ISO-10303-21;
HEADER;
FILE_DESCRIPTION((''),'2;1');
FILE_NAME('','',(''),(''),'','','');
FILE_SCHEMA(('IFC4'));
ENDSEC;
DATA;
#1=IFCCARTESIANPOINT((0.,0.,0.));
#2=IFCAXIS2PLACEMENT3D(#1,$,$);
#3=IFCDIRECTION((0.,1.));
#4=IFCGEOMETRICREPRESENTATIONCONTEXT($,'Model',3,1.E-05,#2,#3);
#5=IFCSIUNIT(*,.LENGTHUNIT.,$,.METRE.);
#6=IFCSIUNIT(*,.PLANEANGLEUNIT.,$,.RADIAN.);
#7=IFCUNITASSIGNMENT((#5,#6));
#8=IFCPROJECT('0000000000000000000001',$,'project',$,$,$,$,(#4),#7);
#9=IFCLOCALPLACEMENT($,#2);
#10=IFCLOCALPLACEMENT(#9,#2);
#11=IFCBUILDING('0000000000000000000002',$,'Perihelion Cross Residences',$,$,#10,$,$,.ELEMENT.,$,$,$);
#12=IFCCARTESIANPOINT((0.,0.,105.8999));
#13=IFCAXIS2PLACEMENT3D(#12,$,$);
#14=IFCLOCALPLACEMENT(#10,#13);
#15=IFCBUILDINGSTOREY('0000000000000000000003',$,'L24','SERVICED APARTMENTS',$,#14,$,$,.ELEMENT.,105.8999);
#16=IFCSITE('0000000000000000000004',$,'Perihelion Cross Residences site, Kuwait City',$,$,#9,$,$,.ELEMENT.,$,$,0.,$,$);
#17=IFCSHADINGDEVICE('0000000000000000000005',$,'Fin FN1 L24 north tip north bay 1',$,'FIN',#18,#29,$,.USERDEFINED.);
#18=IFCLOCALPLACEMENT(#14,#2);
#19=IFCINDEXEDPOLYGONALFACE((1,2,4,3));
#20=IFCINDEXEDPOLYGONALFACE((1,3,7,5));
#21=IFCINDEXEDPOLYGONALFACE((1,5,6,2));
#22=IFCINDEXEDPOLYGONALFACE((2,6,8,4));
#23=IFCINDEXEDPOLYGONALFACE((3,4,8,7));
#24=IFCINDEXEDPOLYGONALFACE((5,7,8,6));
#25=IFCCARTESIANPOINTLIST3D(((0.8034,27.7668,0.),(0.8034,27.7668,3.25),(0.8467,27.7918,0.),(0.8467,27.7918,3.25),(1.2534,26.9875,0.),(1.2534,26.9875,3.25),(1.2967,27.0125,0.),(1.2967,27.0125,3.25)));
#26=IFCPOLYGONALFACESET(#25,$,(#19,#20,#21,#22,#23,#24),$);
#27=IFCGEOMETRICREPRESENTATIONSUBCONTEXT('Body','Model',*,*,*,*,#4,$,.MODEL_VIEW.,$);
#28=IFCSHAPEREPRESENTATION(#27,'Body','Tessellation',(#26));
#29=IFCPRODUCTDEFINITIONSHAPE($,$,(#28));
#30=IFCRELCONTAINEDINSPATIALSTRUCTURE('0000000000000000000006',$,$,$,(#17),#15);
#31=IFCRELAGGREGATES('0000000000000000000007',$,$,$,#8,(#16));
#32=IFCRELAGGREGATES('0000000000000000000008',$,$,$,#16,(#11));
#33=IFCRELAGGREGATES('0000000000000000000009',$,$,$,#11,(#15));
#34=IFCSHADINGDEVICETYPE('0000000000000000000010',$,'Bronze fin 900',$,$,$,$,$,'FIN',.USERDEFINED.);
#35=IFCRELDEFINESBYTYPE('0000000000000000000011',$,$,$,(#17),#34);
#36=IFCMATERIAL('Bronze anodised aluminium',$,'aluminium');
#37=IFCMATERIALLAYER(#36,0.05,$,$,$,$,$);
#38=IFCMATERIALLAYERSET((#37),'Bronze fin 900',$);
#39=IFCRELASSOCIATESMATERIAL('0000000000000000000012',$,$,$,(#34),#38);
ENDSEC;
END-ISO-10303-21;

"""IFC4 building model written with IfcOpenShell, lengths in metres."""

from ifc_helpers import new_model, si_unit, direction, frame, origin, origin_2d, place, context, subcontext, project, spatial, rectangle, extrude, material, layer, layer_set, type_object, element, save


model = new_model("IFC4")

# Units and contexts
model_context = context("Model", 3, precision=1e-05, world=origin(), true_north=direction((0.0, 1.0)))
body_context = subcontext(model_context, "Body", "Model", "MODEL_VIEW")
ifc_project = project(units=[si_unit("LENGTHUNIT", "METRE"), si_unit("PLANEANGLEUNIT", "RADIAN")], contexts=[model_context])

# Site, building, storey
site_placement = place(None, origin())
site = spatial("IfcSite", under=ifc_project, at=site_placement, Name="Perihelion Cross Residences site, Kuwait City", CompositionType="ELEMENT", RefElevation=0.0)
building_placement = place(site_placement, origin())
building = spatial("IfcBuilding", under=site, at=building_placement, Name="Perihelion Cross Residences", CompositionType="ELEMENT")
storey_placement = place(building_placement, frame((0.0, 0.0, 105.8999)))
storey = spatial("IfcBuildingStorey", under=building, at=storey_placement, Name="L24", Description="SERVICED APARTMENTS", CompositionType="ELEMENT", Elevation=105.8999)

# Shading device
ifc_material_1 = material(Name="Bronze anodised aluminium", Category="aluminium")
ifc_layer_1 = layer(ifc_material_1, 0.05)
ifc_layer_set_1 = layer_set([ifc_layer_1], Name="Bronze fin 900")
shading_device_type = type_object("IfcShadingDeviceType", Name="Bronze fin 900", ElementType="FIN", PredefinedType="USERDEFINED", material=ifc_layer_set_1)
shading_device_placement = place(storey_placement, frame((1.05, 27.3896, 0.0), z_axis=(0.0, 0.0, 1.0), x_axis=(-0.5, 0.866025, 0.0)))
element("IfcShadingDevice", 1, at=shading_device_placement, inside=storey, type_object=shading_device_type, Name="Fin FN1 L24 north tip north bay 1", ObjectType="FIN", PredefinedType="USERDEFINED", context=body_context, shape_type="SweptSolid", body=[
    extrude(rectangle(XDim=0.8999, YDim=0.05, at=origin_2d()), origin(), (0.0, 0.0, 1.0), 3.25),
])

save(model, "model.ifc")
